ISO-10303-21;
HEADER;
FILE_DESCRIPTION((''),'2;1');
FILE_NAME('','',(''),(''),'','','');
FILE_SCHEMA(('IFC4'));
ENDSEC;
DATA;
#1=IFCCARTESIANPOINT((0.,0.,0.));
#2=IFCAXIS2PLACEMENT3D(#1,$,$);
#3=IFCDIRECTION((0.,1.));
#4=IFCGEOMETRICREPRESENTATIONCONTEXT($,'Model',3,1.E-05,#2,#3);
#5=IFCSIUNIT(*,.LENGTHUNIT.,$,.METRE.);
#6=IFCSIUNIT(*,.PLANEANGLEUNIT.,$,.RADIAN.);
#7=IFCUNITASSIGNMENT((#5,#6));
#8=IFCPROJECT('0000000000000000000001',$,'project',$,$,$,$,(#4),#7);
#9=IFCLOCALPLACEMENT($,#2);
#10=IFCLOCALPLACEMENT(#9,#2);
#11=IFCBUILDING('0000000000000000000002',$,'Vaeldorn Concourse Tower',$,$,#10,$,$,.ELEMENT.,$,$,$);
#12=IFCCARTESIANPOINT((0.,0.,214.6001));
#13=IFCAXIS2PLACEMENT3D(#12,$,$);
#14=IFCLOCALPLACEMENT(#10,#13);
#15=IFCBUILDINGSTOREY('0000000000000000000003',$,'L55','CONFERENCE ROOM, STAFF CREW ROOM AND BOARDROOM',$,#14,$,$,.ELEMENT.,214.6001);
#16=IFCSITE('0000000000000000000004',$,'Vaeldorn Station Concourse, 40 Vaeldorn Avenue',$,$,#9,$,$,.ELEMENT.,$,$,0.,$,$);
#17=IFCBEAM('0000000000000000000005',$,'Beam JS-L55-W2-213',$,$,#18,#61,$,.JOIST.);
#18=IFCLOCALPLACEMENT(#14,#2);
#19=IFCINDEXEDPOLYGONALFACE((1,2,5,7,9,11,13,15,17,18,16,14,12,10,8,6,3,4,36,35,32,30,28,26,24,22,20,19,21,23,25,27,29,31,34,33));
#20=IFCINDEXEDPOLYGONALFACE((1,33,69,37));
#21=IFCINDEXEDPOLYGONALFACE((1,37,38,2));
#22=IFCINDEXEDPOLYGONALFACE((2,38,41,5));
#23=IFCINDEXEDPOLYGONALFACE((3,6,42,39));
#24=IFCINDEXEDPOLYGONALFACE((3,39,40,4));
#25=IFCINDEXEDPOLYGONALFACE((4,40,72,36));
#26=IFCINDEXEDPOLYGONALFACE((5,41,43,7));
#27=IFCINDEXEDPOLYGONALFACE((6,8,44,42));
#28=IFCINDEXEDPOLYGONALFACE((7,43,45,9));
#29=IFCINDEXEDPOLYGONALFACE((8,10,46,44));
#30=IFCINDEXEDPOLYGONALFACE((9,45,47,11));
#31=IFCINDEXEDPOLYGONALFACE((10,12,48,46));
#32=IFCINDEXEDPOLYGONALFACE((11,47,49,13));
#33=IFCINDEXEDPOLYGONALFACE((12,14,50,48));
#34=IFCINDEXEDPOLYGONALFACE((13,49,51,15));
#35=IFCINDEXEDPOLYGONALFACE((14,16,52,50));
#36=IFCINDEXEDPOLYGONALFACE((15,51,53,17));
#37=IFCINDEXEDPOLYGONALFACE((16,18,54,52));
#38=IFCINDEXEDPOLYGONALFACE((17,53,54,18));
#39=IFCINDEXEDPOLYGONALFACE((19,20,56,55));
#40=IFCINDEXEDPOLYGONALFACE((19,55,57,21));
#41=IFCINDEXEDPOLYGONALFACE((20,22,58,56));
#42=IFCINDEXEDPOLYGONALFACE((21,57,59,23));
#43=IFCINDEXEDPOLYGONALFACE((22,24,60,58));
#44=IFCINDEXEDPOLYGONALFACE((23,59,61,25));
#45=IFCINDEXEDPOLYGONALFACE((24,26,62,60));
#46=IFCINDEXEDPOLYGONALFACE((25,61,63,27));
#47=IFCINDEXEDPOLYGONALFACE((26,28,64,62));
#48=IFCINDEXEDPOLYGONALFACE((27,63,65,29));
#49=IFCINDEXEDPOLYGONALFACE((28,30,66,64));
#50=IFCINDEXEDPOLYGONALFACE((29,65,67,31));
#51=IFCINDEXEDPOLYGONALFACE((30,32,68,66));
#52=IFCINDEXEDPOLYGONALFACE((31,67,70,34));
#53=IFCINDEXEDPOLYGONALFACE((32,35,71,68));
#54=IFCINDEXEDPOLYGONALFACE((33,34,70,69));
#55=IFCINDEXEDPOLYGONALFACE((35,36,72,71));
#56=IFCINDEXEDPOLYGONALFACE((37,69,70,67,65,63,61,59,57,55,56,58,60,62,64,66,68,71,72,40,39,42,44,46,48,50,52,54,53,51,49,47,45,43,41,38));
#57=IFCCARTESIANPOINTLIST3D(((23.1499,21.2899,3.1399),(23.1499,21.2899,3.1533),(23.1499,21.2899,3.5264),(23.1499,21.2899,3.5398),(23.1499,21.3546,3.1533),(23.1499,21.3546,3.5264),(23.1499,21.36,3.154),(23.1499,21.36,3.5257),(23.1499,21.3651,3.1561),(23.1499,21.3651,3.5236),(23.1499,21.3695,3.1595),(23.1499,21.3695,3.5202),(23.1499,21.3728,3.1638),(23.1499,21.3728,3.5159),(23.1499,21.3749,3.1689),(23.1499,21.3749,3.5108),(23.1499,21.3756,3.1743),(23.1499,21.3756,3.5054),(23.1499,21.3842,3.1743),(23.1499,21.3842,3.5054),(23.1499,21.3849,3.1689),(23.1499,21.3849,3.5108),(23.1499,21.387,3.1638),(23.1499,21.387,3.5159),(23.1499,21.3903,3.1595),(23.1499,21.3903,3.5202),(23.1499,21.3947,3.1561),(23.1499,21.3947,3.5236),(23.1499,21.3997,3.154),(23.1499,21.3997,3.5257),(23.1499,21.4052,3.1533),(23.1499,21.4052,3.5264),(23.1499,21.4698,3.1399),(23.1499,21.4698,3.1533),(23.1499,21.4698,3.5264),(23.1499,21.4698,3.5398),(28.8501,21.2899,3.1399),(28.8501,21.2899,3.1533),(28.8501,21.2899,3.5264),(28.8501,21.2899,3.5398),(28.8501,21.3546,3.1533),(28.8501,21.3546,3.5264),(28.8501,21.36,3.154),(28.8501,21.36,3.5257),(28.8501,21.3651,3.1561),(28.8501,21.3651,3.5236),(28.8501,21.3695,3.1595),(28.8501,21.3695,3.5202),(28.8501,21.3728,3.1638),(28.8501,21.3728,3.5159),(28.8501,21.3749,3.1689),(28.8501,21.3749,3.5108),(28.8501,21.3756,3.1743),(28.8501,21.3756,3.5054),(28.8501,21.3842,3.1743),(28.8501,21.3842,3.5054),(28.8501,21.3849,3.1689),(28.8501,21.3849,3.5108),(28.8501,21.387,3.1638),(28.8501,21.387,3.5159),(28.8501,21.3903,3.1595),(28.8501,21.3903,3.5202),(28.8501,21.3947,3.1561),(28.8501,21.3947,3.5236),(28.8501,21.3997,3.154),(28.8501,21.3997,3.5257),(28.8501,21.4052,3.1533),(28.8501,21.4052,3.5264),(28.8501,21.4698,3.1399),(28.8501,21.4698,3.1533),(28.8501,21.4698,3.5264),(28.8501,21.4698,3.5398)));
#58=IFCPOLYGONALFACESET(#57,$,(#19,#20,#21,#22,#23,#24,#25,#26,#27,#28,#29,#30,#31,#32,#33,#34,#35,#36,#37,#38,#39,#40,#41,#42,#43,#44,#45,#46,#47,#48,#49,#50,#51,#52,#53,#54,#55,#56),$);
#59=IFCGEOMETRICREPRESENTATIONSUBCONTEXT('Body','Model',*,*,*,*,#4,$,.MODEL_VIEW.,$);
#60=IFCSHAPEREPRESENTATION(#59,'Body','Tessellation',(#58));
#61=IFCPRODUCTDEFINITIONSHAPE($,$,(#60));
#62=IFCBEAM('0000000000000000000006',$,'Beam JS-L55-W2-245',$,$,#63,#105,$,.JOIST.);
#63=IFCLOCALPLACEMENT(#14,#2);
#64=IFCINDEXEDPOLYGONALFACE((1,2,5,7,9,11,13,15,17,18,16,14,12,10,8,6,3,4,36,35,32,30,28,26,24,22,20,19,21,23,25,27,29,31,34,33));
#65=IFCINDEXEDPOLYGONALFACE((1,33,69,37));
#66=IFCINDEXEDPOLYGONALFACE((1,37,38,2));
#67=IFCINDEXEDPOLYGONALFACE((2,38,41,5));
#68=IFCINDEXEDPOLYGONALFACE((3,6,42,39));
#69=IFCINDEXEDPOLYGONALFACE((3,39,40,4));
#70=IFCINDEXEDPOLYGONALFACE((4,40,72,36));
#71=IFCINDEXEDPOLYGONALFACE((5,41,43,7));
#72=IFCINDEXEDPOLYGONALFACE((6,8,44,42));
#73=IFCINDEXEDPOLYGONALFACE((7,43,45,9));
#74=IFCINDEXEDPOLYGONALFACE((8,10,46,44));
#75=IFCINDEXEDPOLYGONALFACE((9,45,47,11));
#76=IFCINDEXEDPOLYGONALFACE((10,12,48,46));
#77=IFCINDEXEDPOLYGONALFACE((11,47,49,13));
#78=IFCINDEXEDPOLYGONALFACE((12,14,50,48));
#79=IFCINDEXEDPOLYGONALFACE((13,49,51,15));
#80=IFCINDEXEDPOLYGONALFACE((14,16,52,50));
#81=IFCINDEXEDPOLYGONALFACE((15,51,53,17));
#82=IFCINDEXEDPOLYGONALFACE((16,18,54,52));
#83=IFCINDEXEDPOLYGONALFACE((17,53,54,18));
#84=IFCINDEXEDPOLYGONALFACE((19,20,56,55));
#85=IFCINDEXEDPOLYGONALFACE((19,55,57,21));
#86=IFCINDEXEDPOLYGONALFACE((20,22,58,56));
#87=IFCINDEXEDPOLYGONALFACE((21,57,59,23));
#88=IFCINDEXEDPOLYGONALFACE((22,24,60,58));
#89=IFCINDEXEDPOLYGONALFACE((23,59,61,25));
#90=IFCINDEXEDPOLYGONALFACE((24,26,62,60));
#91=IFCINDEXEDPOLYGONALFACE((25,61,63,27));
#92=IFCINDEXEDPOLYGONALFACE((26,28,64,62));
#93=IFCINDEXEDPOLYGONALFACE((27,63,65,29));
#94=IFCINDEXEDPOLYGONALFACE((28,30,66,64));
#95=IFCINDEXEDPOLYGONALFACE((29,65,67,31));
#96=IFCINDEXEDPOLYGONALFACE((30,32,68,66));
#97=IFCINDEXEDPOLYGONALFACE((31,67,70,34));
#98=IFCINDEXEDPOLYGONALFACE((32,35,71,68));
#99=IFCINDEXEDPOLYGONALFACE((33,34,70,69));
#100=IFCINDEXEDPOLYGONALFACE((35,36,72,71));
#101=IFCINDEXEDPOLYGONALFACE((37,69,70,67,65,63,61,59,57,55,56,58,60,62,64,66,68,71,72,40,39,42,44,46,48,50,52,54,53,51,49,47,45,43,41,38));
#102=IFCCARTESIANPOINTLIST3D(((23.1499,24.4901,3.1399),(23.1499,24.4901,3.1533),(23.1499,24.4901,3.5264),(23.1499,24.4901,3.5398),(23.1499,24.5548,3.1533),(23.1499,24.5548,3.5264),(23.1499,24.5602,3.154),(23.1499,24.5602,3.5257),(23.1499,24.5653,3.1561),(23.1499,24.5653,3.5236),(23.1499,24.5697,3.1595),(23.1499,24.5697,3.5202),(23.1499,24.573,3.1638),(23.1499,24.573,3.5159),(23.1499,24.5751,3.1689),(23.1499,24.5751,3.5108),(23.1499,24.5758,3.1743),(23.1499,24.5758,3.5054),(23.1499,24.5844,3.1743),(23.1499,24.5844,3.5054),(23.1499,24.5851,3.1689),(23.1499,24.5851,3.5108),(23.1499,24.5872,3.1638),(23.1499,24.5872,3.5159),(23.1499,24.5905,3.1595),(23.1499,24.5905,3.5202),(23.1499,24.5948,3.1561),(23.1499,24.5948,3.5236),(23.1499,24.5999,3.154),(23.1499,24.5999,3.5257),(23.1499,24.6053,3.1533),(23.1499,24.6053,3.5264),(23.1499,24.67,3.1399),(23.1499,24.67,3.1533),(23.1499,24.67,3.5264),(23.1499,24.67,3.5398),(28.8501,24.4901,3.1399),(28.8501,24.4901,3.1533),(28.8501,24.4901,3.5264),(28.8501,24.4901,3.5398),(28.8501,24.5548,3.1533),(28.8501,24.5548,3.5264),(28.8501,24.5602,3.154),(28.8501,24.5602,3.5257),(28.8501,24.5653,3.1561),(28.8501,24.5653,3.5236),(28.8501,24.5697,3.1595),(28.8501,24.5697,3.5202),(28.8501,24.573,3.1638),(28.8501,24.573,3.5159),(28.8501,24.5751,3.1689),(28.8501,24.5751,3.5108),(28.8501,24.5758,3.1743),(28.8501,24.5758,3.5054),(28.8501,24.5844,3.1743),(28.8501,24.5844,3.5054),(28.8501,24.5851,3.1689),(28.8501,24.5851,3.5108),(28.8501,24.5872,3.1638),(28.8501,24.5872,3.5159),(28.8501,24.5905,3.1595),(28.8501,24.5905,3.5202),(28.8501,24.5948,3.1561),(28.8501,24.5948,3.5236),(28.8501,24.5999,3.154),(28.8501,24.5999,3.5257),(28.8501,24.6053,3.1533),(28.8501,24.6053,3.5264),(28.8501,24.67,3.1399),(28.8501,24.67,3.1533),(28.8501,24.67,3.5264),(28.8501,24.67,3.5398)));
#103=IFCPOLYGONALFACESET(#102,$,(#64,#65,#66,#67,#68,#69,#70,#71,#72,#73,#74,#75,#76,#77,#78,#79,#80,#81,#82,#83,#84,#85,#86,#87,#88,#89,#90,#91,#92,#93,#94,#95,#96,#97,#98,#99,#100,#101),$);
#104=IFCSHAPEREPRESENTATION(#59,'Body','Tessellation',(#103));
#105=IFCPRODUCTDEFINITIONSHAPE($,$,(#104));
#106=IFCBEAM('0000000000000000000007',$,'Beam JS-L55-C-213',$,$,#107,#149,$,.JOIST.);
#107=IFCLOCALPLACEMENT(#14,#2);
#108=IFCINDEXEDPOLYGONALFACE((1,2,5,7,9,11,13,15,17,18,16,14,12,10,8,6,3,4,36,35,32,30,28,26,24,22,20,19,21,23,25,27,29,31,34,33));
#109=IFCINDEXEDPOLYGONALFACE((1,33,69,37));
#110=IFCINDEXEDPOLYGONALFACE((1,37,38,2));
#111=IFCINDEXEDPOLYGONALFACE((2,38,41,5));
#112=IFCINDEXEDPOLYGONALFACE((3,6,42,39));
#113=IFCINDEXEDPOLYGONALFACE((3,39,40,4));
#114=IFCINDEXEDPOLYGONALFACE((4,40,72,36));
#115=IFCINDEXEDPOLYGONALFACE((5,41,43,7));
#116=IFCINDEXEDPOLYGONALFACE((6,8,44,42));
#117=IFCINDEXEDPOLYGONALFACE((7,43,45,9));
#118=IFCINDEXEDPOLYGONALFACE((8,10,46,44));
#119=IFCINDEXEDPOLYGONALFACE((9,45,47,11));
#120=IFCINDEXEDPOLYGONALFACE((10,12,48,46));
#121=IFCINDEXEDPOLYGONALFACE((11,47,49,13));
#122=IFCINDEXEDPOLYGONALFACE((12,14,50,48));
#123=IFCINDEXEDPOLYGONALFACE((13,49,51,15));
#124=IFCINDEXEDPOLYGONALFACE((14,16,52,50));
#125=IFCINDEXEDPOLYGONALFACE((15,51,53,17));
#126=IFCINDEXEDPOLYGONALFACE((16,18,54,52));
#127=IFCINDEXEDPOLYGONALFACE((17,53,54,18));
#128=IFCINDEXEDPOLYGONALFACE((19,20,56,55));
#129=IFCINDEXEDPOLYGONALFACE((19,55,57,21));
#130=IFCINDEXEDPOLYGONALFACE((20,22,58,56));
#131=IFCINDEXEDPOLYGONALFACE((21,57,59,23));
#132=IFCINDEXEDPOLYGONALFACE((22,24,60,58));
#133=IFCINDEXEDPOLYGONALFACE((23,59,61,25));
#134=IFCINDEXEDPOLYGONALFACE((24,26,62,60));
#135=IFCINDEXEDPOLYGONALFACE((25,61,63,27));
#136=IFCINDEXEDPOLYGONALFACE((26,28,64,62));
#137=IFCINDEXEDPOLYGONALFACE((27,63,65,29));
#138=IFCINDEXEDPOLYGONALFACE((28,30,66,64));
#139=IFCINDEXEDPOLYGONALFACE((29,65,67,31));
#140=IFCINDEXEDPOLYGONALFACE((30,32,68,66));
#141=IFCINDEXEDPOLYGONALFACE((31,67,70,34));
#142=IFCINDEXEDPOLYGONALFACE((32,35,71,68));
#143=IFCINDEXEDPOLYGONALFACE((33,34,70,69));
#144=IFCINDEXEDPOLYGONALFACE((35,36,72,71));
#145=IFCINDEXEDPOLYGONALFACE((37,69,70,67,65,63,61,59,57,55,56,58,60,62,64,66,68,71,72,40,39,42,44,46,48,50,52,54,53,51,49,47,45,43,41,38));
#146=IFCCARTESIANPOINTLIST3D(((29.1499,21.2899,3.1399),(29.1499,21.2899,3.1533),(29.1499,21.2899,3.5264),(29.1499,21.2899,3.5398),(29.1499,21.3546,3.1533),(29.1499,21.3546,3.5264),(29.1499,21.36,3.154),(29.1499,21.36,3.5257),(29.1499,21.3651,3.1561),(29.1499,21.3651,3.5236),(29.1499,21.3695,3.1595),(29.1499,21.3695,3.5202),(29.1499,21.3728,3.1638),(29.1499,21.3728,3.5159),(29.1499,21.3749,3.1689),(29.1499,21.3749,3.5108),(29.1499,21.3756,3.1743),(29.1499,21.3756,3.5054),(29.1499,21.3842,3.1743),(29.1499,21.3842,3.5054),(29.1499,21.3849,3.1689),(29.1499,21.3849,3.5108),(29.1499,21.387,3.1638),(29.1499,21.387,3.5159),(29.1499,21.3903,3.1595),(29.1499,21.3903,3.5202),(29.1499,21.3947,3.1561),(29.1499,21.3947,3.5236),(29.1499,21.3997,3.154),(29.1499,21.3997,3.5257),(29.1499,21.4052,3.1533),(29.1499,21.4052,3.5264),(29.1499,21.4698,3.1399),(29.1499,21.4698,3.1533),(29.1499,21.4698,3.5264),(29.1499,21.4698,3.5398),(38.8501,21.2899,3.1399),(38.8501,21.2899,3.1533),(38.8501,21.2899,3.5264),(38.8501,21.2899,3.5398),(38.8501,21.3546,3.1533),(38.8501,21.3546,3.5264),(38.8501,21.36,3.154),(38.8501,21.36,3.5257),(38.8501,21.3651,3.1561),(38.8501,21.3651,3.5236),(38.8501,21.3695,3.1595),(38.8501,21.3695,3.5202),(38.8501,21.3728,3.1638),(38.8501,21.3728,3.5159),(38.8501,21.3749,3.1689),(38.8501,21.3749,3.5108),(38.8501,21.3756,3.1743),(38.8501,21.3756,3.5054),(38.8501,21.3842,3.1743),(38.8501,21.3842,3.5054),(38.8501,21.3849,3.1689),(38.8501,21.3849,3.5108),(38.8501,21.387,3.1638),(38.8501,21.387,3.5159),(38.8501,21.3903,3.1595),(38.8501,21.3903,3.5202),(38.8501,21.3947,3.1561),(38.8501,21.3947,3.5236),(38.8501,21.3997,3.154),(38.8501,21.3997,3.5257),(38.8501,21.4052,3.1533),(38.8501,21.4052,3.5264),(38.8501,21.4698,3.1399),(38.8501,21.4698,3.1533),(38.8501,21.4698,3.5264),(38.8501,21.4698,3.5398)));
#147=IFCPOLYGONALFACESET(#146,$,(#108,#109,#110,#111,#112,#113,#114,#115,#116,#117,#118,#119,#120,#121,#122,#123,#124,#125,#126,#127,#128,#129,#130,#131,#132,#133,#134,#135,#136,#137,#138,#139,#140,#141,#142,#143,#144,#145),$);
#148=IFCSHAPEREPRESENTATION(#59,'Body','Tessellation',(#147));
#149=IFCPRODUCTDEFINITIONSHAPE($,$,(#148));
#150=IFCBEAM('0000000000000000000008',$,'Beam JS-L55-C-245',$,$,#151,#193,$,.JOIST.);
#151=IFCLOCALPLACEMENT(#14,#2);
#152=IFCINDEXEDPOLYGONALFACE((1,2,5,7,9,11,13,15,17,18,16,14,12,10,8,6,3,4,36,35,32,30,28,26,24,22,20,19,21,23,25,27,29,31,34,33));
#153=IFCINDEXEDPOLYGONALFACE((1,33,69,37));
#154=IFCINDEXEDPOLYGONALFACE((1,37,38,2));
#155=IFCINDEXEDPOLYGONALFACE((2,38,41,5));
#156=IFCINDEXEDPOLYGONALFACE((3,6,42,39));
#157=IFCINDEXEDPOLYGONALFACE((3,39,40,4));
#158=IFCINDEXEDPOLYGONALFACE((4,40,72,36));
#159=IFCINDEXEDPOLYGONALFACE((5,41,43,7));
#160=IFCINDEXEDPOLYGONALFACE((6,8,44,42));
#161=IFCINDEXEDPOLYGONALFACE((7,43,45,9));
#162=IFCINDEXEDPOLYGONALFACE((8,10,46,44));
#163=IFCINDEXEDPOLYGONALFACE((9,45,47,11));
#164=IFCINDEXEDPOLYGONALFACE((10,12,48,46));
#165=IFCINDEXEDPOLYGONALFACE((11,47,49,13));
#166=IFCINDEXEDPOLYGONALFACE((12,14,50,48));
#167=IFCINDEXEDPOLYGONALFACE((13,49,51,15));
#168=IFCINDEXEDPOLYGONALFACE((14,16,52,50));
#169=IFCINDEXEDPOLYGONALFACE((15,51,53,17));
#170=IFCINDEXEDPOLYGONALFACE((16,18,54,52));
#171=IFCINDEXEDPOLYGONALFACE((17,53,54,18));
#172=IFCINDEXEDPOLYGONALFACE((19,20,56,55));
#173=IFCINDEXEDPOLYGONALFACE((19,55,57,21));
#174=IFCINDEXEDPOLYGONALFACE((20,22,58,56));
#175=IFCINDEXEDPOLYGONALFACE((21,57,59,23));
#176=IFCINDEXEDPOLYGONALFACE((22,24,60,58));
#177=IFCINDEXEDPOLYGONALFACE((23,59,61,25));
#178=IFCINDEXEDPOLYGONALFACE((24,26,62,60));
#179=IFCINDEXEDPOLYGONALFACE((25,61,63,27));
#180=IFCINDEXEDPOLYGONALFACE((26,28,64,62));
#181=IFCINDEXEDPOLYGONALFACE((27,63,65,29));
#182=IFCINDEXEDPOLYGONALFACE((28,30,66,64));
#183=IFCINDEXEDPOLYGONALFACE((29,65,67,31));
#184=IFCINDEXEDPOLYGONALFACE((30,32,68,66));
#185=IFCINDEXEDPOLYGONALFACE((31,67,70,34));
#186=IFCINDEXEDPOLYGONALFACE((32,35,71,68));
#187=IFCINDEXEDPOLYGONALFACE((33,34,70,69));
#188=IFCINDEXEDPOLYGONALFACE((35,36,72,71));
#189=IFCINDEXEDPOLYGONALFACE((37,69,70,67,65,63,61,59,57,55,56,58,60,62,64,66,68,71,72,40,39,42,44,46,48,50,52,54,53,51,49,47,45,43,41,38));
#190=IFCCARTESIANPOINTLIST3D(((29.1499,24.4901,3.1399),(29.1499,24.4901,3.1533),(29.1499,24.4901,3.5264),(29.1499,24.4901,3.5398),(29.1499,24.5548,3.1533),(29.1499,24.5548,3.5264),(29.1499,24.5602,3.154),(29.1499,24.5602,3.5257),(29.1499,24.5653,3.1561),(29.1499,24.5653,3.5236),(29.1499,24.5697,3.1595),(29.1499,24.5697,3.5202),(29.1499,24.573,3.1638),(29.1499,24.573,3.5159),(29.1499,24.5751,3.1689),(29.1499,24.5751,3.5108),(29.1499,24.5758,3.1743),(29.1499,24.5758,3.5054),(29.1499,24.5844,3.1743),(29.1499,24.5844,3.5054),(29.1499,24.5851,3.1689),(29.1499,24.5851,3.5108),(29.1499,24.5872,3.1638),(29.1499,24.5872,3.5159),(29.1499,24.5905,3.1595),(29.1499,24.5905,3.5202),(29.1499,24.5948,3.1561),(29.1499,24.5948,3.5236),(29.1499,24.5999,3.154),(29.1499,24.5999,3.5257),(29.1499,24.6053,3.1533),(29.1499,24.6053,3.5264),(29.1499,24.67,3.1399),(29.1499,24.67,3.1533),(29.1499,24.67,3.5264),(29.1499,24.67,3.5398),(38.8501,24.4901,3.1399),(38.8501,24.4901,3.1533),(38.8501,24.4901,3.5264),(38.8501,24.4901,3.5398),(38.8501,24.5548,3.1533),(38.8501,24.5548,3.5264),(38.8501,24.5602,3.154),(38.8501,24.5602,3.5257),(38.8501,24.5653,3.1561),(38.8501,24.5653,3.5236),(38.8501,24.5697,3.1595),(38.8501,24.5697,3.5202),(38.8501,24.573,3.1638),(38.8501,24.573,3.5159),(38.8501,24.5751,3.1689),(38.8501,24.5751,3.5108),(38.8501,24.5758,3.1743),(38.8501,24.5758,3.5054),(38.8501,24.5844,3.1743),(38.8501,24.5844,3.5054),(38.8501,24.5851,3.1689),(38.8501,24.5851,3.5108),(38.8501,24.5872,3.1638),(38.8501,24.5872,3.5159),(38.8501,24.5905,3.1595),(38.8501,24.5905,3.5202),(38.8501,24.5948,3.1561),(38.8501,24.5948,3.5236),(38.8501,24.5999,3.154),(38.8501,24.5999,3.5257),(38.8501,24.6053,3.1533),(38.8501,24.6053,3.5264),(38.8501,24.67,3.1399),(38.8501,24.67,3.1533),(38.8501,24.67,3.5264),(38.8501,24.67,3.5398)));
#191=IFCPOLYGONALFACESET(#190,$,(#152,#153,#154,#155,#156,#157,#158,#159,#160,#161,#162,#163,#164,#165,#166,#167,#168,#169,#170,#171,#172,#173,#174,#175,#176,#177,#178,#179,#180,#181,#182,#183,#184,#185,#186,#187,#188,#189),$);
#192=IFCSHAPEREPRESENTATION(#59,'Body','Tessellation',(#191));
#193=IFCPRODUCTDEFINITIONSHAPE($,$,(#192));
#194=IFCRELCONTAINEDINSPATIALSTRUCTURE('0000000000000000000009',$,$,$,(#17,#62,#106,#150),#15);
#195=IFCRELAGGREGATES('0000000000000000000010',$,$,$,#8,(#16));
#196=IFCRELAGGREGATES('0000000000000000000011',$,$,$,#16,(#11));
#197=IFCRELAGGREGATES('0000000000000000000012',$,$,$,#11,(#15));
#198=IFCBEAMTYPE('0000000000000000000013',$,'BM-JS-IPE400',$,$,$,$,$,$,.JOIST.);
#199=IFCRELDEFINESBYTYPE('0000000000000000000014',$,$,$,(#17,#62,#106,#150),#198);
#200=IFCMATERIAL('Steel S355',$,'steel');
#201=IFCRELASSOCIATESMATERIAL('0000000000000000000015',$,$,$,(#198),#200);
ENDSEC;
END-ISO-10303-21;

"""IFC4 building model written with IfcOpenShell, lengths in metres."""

from ifc_helpers import new_model, si_unit, direction, frame, origin, origin_2d, place, context, subcontext, project, spatial, i_section, extrude, source, transform, mapped, material, material_profile, profile_set, type_object, element, save


model = new_model("IFC4")

# Units and contexts
model_context = context("Model", 3, precision=1e-05, world=origin(), true_north=direction((0.0, 1.0)))
body_context = subcontext(model_context, "Body", "Model", "MODEL_VIEW")
ifc_project = project(units=[si_unit("LENGTHUNIT", "METRE"), si_unit("PLANEANGLEUNIT", "RADIAN")], contexts=[model_context])

# Site, building, storey
site_placement = place(None, origin())
site = spatial("IfcSite", under=ifc_project, at=site_placement, Name="Vaeldorn Station Concourse, 40 Vaeldorn Avenue", CompositionType="ELEMENT", RefElevation=0.0)
building_placement = place(site_placement, origin())
building = spatial("IfcBuilding", under=site, at=building_placement, Name="Vaeldorn Concourse Tower", CompositionType="ELEMENT")
storey_placement = place(building_placement, frame((0.0, 0.0, 214.6001)))
storey = spatial("IfcBuildingStorey", under=building, at=storey_placement, Name="L55", Description="CONFERENCE ROOM, STAFF CREW ROOM AND BOARDROOM", CompositionType="ELEMENT", Elevation=214.6001)

# Shared definitions
ifc_material_1 = material(Name="Steel S355", Category="steel")

# Beams
ifc_material_profile_1 = material_profile(ifc_material_1, i_section(OverallWidth=0.1799, OverallDepth=0.3999, WebThickness=0.0085, FlangeThickness=0.0134, FilletRadius=0.021, at=origin_2d()), Name="IPE 400")
ifc_profile_set_1 = profile_set([ifc_material_profile_1], Name="Steel S355")
beam_type_1 = type_object("IfcBeamType", Name="BM-JS-IPE400", PredefinedType="JOIST", material=ifc_profile_set_1)
shared_shape_1 = source(origin(), body_context, "Body", "SweptSolid", [
    extrude(i_section(OverallWidth=0.1799, OverallDepth=0.3999, WebThickness=0.0085, FlangeThickness=0.0134, FilletRadius=0.021, at=origin_2d()), origin(), (0.0, 0.0, 1.0), 5.7002),
])
for number, where, z_axis, x_axis, name in (
    (1, (23.1499, 21.3799, 3.3398), (1.0, 0.0, 0.0), (0.0, 1.0, 0.0), "Beam JS-L55-W2-213"),
    (2, (23.1499, 24.5801, 3.3398), (1.0, 0.0, 0.0), (0.0, 1.0, 0.0), "Beam JS-L55-W2-245"),
):
    element("IfcBeam", number, at=place(storey_placement, frame(where, z_axis=z_axis, x_axis=x_axis)), inside=storey, type_object=beam_type_1, Name=name, PredefinedType="JOIST", context=body_context, shape_type="MappedRepresentation", body=[
        mapped(shared_shape_1, transform((0.0, 0.0, 0.0), scale=1.0)),
    ])
shared_shape_2 = source(origin(), body_context, "Body", "SweptSolid", [
    extrude(i_section(OverallWidth=0.1799, OverallDepth=0.3999, WebThickness=0.0085, FlangeThickness=0.0134, FilletRadius=0.021, at=origin_2d()), origin(), (0.0, 0.0, 1.0), 9.7002),
])
for number, where, z_axis, x_axis, name in (
    (3, (29.1499, 21.3799, 3.3398), (1.0, 0.0, 0.0), (0.0, 1.0, 0.0), "Beam JS-L55-C-213"),
    (4, (29.1499, 24.5801, 3.3398), (1.0, 0.0, 0.0), (0.0, 1.0, 0.0), "Beam JS-L55-C-245"),
):
    element("IfcBeam", number, at=place(storey_placement, frame(where, z_axis=z_axis, x_axis=x_axis)), inside=storey, type_object=beam_type_1, Name=name, PredefinedType="JOIST", context=body_context, shape_type="MappedRepresentation", body=[
        mapped(shared_shape_2, transform((0.0, 0.0, 0.0), scale=1.0)),
    ])

save(model, "model.ifc")
